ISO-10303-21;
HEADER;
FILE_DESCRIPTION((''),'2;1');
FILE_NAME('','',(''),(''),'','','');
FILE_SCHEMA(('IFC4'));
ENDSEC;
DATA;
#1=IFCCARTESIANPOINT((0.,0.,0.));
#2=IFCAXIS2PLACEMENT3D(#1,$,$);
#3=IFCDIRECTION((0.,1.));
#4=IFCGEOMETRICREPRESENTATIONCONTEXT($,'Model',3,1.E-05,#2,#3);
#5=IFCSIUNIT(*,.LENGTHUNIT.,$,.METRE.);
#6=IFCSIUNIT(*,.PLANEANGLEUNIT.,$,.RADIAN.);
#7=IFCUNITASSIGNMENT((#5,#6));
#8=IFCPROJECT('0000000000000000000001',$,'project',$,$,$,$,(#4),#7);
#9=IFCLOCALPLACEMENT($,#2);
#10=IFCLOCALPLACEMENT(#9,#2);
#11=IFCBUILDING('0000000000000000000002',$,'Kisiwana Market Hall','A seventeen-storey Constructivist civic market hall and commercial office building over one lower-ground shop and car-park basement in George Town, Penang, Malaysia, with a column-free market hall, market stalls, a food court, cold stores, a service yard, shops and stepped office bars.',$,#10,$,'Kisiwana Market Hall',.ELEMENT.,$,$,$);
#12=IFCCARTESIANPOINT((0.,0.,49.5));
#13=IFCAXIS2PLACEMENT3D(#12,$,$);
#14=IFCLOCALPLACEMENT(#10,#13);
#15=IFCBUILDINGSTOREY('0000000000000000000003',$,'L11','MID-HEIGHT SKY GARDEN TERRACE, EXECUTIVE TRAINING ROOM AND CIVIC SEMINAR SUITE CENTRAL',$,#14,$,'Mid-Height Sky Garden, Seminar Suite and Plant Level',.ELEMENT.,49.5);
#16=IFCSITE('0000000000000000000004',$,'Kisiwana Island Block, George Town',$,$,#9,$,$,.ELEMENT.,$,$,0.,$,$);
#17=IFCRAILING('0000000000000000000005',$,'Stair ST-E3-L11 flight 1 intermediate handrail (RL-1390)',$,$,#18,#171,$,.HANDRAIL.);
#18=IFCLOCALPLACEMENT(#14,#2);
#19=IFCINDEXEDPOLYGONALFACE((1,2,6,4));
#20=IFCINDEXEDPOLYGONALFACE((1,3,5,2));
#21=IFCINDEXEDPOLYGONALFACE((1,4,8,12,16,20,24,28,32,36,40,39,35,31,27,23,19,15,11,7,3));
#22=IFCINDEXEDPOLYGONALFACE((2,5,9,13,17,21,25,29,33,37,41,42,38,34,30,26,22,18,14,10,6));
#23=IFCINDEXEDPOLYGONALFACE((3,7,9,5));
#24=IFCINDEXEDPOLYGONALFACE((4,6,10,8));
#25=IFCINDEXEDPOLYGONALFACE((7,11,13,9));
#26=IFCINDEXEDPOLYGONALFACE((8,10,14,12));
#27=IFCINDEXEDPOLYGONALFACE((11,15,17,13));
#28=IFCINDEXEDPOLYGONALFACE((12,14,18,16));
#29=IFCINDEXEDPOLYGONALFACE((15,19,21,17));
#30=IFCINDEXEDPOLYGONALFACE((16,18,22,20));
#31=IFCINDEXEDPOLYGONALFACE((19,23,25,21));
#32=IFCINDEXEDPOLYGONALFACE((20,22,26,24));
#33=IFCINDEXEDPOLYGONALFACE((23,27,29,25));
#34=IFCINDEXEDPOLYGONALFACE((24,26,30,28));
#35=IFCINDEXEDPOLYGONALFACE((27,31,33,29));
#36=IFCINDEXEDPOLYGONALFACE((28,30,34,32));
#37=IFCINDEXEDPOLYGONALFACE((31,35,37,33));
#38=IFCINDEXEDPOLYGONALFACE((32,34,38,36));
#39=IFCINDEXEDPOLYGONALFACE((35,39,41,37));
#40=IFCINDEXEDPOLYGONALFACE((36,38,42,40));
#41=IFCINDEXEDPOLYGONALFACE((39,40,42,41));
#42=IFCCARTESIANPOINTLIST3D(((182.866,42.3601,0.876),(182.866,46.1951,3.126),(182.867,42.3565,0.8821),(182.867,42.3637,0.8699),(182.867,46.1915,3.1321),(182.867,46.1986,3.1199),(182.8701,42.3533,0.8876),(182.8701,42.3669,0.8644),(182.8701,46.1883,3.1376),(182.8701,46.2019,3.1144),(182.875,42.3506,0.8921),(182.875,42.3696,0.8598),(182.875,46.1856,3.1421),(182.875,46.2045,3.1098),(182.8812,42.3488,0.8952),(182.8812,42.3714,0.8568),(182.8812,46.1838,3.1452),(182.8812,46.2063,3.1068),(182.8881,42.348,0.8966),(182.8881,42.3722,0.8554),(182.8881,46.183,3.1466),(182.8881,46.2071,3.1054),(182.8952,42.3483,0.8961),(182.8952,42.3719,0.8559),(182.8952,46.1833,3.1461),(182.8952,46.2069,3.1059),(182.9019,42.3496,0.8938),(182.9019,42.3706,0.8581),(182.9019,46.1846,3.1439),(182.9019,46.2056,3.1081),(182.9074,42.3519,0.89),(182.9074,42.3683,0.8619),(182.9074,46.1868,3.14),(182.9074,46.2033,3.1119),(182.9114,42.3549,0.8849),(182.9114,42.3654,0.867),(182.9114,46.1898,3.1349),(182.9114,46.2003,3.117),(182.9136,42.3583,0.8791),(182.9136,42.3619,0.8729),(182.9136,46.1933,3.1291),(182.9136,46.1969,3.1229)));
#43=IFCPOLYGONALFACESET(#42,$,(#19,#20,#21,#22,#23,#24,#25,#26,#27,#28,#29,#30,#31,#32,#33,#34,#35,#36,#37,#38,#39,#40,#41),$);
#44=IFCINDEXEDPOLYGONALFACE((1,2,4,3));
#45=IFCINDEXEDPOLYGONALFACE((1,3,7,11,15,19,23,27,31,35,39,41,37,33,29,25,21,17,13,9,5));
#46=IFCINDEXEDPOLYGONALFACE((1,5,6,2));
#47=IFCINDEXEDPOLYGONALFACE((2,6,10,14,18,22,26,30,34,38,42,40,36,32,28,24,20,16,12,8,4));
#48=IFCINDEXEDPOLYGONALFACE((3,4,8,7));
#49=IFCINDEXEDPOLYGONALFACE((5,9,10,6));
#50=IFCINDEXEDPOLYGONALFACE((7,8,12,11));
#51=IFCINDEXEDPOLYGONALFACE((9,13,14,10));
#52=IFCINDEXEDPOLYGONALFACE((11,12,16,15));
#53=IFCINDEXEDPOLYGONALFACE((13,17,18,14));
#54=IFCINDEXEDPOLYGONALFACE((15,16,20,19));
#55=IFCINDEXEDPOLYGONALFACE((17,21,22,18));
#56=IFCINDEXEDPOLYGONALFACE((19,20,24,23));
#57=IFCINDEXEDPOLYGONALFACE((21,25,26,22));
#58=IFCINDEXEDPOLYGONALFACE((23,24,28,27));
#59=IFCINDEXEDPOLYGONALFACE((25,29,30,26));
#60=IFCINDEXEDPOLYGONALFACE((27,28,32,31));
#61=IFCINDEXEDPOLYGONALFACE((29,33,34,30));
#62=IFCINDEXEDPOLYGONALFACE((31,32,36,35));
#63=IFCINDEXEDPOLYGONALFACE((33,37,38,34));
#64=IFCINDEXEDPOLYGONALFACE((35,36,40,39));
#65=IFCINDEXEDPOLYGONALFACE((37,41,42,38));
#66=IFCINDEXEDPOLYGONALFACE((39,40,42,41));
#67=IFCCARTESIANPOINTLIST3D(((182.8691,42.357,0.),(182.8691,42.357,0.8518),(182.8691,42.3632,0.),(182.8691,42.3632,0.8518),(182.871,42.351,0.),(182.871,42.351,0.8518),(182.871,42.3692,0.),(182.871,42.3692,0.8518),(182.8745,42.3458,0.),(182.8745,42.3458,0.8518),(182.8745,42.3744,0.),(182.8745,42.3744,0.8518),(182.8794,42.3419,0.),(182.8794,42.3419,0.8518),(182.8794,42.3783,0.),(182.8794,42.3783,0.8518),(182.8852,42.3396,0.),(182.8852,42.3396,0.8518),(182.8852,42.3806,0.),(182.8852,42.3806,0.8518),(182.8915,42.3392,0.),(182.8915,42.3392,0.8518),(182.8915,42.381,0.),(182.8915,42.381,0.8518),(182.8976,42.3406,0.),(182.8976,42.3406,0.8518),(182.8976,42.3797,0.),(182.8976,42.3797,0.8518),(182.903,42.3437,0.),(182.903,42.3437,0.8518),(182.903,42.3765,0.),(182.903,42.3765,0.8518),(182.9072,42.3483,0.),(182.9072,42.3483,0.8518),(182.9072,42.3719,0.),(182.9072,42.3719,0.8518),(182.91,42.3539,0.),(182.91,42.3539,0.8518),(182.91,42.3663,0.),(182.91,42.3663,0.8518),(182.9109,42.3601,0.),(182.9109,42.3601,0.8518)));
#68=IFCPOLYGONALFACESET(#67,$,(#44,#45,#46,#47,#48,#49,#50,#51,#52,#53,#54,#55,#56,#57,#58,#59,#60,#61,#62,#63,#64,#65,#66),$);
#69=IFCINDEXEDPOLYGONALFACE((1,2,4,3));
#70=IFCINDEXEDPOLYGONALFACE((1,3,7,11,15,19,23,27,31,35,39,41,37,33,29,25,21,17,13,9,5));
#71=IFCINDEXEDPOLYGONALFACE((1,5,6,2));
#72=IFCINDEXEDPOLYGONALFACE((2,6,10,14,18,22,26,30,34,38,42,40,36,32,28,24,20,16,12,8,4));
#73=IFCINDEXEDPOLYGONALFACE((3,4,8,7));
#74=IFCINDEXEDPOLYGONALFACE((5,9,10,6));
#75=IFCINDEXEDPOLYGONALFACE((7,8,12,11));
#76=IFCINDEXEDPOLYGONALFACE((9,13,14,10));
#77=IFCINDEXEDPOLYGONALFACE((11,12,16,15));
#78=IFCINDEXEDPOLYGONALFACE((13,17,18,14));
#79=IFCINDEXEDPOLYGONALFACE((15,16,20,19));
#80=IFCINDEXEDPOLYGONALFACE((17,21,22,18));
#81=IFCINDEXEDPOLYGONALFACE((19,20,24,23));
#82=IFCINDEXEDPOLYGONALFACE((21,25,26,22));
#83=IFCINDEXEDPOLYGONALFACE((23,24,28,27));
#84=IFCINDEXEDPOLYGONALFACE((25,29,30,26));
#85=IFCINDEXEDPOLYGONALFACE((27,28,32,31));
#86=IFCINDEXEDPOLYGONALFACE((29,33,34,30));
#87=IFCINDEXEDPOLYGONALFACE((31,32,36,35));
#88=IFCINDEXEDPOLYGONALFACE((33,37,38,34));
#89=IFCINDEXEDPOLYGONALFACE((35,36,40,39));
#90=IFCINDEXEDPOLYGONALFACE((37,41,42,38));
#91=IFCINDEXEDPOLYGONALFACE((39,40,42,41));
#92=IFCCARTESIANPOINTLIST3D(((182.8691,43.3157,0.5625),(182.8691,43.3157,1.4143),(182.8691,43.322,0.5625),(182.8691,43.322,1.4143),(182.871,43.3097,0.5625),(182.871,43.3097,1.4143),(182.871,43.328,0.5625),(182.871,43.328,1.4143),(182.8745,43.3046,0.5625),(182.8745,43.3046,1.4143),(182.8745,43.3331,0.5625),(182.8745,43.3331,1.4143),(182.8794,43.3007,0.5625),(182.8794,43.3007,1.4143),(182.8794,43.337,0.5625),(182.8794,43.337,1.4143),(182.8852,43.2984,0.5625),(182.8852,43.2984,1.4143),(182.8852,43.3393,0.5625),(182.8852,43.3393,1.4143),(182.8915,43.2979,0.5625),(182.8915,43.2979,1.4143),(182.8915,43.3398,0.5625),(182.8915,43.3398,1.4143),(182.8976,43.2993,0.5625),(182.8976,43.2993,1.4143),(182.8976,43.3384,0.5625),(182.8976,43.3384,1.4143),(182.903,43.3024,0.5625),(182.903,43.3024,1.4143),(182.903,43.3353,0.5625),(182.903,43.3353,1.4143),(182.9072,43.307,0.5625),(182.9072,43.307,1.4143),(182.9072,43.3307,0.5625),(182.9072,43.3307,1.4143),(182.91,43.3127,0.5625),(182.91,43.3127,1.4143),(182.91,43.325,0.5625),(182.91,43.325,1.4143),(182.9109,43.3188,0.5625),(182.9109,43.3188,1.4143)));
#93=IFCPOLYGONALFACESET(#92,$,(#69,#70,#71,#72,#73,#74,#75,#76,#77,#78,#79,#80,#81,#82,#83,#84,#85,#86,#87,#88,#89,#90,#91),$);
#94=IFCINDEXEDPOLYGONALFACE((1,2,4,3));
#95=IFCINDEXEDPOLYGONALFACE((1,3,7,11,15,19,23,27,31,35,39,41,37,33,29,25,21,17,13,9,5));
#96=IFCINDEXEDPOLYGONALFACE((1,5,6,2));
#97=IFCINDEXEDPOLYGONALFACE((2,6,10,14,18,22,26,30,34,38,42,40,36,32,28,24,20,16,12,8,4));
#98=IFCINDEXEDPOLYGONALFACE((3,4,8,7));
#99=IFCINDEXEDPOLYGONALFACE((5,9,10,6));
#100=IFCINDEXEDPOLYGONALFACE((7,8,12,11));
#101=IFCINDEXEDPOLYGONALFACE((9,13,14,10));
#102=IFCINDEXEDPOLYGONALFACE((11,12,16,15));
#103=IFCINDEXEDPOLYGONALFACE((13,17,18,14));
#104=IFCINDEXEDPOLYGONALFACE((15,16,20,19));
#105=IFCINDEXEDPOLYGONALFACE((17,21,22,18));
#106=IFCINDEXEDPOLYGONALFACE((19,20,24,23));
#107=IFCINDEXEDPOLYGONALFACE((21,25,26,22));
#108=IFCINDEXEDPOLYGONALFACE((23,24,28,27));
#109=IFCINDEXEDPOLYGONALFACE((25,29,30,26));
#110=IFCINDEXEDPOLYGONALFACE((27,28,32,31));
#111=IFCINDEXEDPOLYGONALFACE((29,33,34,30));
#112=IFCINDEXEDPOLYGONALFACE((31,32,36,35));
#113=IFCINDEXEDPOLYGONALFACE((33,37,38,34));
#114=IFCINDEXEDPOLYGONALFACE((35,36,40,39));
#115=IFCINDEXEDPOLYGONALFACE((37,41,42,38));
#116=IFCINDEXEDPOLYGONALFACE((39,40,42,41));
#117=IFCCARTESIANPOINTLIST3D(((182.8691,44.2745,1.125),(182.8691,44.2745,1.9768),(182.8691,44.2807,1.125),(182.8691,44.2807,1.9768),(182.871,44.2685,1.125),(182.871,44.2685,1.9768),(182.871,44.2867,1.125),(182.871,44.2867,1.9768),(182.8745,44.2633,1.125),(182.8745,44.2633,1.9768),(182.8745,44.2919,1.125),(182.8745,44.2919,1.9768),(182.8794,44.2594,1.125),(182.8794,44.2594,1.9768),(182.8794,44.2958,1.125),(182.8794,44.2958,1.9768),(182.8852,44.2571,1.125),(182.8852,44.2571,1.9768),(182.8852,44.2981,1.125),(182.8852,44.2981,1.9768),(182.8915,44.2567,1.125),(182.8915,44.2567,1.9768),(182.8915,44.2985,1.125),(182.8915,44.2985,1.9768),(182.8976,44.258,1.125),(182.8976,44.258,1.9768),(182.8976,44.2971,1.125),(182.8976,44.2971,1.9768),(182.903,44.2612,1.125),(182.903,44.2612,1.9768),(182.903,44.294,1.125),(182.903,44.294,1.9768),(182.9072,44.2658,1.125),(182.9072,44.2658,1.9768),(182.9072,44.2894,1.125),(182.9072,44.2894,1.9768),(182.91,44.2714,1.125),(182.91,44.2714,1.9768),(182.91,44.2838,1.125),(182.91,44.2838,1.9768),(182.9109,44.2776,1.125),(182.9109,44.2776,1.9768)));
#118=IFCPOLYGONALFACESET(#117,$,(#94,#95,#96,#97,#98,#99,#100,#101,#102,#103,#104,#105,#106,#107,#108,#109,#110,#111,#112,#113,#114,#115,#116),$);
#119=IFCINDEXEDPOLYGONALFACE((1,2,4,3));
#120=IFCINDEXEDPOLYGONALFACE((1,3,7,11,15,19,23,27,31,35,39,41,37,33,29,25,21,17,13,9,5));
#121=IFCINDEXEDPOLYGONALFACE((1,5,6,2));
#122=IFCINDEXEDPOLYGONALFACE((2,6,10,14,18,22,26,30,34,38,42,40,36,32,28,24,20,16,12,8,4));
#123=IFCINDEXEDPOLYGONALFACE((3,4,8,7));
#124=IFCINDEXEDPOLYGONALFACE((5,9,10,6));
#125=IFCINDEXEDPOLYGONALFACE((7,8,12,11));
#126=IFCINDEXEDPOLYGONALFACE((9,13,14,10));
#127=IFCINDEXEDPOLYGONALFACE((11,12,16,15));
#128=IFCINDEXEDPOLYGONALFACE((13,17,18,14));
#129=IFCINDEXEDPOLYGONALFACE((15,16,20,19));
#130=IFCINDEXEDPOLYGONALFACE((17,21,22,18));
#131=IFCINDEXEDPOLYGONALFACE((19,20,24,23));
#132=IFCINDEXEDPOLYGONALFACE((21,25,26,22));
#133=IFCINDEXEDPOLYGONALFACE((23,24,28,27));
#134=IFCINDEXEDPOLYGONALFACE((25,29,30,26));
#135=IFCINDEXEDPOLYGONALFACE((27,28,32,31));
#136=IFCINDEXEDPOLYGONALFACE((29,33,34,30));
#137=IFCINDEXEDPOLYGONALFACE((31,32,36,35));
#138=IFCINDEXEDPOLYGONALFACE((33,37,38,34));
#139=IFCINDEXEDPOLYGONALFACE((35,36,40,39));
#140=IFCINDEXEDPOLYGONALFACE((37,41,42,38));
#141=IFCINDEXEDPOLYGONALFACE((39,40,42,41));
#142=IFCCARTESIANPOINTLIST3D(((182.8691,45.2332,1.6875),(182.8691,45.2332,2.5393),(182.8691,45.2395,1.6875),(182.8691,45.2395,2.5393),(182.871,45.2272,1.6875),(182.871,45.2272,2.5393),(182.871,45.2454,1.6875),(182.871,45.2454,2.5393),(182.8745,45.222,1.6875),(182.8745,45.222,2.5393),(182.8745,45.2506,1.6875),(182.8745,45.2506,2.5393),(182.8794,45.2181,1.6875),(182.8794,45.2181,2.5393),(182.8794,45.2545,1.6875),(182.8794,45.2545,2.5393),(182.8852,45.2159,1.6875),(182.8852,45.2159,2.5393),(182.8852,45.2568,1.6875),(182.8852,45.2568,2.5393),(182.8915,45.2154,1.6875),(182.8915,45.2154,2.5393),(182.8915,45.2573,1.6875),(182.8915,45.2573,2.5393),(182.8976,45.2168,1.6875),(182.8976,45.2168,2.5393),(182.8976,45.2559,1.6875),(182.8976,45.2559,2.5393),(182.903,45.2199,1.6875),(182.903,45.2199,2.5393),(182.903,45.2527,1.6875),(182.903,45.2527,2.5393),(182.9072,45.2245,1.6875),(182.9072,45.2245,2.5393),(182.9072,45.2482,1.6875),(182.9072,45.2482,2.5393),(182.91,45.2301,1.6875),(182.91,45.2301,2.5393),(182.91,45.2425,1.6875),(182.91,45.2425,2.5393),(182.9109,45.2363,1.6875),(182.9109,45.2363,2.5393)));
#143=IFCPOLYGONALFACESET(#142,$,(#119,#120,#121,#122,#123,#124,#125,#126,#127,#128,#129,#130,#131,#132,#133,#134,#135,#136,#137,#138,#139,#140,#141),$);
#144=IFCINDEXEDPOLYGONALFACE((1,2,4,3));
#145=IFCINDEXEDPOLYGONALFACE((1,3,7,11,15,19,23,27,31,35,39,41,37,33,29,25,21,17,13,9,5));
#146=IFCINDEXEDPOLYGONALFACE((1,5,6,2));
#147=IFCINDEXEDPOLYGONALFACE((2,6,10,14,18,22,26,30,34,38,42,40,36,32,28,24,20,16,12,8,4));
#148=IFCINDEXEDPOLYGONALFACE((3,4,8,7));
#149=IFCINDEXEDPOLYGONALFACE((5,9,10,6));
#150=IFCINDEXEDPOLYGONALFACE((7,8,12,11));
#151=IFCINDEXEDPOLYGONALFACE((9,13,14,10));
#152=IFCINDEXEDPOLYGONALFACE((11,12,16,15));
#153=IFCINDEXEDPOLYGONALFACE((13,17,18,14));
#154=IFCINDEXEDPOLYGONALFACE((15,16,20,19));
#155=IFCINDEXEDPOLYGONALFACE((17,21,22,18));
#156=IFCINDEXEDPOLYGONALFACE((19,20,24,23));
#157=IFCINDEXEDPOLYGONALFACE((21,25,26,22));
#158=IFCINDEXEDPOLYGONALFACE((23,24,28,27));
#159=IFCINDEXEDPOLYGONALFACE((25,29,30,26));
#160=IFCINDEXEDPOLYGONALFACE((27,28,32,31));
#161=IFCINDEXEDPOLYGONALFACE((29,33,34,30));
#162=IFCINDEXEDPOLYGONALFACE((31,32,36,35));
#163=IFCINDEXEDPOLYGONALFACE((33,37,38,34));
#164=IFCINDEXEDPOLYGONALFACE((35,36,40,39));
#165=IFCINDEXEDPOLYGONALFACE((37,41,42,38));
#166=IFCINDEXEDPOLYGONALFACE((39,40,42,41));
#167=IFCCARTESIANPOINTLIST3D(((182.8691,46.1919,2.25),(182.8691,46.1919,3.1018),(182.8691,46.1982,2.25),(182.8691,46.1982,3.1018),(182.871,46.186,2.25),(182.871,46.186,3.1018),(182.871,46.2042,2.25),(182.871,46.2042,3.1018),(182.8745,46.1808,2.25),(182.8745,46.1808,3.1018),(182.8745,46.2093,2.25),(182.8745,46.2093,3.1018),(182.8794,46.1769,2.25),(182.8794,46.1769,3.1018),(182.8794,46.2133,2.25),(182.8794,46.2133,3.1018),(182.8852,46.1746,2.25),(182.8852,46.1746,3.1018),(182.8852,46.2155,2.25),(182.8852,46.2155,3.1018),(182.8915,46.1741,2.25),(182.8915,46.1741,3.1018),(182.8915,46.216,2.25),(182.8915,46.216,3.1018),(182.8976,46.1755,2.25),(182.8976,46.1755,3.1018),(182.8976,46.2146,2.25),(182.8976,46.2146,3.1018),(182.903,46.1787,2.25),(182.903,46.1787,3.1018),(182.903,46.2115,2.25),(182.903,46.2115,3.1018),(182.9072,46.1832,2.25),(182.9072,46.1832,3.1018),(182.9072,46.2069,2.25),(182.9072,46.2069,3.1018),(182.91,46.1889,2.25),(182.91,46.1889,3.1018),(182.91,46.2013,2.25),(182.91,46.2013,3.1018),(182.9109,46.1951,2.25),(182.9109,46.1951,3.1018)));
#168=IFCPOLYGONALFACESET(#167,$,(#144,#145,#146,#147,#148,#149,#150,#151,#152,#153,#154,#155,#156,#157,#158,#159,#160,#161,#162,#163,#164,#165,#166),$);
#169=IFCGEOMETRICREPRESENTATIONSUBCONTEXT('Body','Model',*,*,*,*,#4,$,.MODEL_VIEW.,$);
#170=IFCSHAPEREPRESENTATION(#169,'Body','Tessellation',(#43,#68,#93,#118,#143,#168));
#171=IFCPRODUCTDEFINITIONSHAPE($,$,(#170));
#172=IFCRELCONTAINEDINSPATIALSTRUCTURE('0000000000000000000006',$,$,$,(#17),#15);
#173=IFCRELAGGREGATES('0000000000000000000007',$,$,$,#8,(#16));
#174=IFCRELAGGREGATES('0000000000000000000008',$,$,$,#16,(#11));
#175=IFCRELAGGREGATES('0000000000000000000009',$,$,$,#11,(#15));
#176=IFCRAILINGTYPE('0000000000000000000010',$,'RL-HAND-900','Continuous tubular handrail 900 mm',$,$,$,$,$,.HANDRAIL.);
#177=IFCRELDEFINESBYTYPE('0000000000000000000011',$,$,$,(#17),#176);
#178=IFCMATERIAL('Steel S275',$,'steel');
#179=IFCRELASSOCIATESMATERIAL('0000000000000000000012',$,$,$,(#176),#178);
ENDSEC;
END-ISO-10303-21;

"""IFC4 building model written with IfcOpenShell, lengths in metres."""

from ifc_helpers import new_model, si_unit, direction, frame, origin, origin_2d, place, context, subcontext, project, spatial, circle, extrude, material, type_object, element, save


model = new_model("IFC4")

# Units and contexts
model_context = context("Model", 3, precision=1e-05, world=origin(), true_north=direction((0.0, 1.0)))
body_context = subcontext(model_context, "Body", "Model", "MODEL_VIEW")
ifc_project = project(units=[si_unit("LENGTHUNIT", "METRE"), si_unit("PLANEANGLEUNIT", "RADIAN")], contexts=[model_context])

# Site, building, storey
site_placement = place(None, origin())
site = spatial("IfcSite", under=ifc_project, at=site_placement, Name="Kisiwana Island Block, George Town", CompositionType="ELEMENT", RefElevation=0.0)
building_placement = place(site_placement, origin())
building = spatial("IfcBuilding", under=site, at=building_placement, Name="Kisiwana Market Hall", Description="A seventeen-storey Constructivist civic market hall and commercial office building over one lower-ground shop and car-park basement in George Town, Penang, Malaysia, with a column-free market hall, market stalls, a food court, cold stores, a service yard, shops and stepped office bars.", LongName="Kisiwana Market Hall", CompositionType="ELEMENT")
storey_placement = place(building_placement, frame((0.0, 0.0, 49.5)))
storey = spatial("IfcBuildingStorey", under=building, at=storey_placement, Name="L11", Description="MID-HEIGHT SKY GARDEN TERRACE, EXECUTIVE TRAINING ROOM AND CIVIC SEMINAR SUITE CENTRAL", LongName="Mid-Height Sky Garden, Seminar Suite and Plant Level", CompositionType="ELEMENT", Elevation=49.5)

# Railing
ifc_material_1 = material(Name="Steel S275", Category="steel")
railing_type_1 = type_object("IfcRailingType", Name="RL-HAND-900", Description="Continuous tubular handrail 900 mm", PredefinedType="HANDRAIL", material=ifc_material_1)
for number, where, name in (
    (1, (182.8899, 42.3601, 0.0), "Stair ST-E3-L11 flight 1 intermediate handrail (RL-1390)"),
):
    element("IfcRailing", number, at=place(storey_placement, frame(where)), inside=storey, type_object=railing_type_1, Name=name, PredefinedType="HANDRAIL", context=body_context, shape_type="SweptSolid", body=[
        extrude(circle(Radius=0.0239, at=origin_2d()), frame((0.0, 0.0, 0.876), z_axis=(0.0, 0.86251, 0.506041), x_axis=(-1.0, 0.0, 0.0)), (0.0, 0.0, 1.0), 4.4463),
        extrude(circle(Radius=0.021, at=origin_2d()), origin(), (0.0, 0.0, 1.0), 0.8518),
        extrude(circle(Radius=0.021, at=origin_2d()), frame((0.0, 0.9587, 0.5625)), (0.0, 0.0, 1.0), 0.8518),
        extrude(circle(Radius=0.021, at=origin_2d()), frame((0.0, 1.9175, 1.125)), (0.0, 0.0, 1.0), 0.8518),
        extrude(circle(Radius=0.021, at=origin_2d()), frame((0.0, 2.8762, 1.6875)), (0.0, 0.0, 1.0), 0.8518),
        extrude(circle(Radius=0.021, at=origin_2d()), frame((0.0, 3.835, 2.25)), (0.0, 0.0, 1.0), 0.8518),
    ])

save(model, "model.ifc")
